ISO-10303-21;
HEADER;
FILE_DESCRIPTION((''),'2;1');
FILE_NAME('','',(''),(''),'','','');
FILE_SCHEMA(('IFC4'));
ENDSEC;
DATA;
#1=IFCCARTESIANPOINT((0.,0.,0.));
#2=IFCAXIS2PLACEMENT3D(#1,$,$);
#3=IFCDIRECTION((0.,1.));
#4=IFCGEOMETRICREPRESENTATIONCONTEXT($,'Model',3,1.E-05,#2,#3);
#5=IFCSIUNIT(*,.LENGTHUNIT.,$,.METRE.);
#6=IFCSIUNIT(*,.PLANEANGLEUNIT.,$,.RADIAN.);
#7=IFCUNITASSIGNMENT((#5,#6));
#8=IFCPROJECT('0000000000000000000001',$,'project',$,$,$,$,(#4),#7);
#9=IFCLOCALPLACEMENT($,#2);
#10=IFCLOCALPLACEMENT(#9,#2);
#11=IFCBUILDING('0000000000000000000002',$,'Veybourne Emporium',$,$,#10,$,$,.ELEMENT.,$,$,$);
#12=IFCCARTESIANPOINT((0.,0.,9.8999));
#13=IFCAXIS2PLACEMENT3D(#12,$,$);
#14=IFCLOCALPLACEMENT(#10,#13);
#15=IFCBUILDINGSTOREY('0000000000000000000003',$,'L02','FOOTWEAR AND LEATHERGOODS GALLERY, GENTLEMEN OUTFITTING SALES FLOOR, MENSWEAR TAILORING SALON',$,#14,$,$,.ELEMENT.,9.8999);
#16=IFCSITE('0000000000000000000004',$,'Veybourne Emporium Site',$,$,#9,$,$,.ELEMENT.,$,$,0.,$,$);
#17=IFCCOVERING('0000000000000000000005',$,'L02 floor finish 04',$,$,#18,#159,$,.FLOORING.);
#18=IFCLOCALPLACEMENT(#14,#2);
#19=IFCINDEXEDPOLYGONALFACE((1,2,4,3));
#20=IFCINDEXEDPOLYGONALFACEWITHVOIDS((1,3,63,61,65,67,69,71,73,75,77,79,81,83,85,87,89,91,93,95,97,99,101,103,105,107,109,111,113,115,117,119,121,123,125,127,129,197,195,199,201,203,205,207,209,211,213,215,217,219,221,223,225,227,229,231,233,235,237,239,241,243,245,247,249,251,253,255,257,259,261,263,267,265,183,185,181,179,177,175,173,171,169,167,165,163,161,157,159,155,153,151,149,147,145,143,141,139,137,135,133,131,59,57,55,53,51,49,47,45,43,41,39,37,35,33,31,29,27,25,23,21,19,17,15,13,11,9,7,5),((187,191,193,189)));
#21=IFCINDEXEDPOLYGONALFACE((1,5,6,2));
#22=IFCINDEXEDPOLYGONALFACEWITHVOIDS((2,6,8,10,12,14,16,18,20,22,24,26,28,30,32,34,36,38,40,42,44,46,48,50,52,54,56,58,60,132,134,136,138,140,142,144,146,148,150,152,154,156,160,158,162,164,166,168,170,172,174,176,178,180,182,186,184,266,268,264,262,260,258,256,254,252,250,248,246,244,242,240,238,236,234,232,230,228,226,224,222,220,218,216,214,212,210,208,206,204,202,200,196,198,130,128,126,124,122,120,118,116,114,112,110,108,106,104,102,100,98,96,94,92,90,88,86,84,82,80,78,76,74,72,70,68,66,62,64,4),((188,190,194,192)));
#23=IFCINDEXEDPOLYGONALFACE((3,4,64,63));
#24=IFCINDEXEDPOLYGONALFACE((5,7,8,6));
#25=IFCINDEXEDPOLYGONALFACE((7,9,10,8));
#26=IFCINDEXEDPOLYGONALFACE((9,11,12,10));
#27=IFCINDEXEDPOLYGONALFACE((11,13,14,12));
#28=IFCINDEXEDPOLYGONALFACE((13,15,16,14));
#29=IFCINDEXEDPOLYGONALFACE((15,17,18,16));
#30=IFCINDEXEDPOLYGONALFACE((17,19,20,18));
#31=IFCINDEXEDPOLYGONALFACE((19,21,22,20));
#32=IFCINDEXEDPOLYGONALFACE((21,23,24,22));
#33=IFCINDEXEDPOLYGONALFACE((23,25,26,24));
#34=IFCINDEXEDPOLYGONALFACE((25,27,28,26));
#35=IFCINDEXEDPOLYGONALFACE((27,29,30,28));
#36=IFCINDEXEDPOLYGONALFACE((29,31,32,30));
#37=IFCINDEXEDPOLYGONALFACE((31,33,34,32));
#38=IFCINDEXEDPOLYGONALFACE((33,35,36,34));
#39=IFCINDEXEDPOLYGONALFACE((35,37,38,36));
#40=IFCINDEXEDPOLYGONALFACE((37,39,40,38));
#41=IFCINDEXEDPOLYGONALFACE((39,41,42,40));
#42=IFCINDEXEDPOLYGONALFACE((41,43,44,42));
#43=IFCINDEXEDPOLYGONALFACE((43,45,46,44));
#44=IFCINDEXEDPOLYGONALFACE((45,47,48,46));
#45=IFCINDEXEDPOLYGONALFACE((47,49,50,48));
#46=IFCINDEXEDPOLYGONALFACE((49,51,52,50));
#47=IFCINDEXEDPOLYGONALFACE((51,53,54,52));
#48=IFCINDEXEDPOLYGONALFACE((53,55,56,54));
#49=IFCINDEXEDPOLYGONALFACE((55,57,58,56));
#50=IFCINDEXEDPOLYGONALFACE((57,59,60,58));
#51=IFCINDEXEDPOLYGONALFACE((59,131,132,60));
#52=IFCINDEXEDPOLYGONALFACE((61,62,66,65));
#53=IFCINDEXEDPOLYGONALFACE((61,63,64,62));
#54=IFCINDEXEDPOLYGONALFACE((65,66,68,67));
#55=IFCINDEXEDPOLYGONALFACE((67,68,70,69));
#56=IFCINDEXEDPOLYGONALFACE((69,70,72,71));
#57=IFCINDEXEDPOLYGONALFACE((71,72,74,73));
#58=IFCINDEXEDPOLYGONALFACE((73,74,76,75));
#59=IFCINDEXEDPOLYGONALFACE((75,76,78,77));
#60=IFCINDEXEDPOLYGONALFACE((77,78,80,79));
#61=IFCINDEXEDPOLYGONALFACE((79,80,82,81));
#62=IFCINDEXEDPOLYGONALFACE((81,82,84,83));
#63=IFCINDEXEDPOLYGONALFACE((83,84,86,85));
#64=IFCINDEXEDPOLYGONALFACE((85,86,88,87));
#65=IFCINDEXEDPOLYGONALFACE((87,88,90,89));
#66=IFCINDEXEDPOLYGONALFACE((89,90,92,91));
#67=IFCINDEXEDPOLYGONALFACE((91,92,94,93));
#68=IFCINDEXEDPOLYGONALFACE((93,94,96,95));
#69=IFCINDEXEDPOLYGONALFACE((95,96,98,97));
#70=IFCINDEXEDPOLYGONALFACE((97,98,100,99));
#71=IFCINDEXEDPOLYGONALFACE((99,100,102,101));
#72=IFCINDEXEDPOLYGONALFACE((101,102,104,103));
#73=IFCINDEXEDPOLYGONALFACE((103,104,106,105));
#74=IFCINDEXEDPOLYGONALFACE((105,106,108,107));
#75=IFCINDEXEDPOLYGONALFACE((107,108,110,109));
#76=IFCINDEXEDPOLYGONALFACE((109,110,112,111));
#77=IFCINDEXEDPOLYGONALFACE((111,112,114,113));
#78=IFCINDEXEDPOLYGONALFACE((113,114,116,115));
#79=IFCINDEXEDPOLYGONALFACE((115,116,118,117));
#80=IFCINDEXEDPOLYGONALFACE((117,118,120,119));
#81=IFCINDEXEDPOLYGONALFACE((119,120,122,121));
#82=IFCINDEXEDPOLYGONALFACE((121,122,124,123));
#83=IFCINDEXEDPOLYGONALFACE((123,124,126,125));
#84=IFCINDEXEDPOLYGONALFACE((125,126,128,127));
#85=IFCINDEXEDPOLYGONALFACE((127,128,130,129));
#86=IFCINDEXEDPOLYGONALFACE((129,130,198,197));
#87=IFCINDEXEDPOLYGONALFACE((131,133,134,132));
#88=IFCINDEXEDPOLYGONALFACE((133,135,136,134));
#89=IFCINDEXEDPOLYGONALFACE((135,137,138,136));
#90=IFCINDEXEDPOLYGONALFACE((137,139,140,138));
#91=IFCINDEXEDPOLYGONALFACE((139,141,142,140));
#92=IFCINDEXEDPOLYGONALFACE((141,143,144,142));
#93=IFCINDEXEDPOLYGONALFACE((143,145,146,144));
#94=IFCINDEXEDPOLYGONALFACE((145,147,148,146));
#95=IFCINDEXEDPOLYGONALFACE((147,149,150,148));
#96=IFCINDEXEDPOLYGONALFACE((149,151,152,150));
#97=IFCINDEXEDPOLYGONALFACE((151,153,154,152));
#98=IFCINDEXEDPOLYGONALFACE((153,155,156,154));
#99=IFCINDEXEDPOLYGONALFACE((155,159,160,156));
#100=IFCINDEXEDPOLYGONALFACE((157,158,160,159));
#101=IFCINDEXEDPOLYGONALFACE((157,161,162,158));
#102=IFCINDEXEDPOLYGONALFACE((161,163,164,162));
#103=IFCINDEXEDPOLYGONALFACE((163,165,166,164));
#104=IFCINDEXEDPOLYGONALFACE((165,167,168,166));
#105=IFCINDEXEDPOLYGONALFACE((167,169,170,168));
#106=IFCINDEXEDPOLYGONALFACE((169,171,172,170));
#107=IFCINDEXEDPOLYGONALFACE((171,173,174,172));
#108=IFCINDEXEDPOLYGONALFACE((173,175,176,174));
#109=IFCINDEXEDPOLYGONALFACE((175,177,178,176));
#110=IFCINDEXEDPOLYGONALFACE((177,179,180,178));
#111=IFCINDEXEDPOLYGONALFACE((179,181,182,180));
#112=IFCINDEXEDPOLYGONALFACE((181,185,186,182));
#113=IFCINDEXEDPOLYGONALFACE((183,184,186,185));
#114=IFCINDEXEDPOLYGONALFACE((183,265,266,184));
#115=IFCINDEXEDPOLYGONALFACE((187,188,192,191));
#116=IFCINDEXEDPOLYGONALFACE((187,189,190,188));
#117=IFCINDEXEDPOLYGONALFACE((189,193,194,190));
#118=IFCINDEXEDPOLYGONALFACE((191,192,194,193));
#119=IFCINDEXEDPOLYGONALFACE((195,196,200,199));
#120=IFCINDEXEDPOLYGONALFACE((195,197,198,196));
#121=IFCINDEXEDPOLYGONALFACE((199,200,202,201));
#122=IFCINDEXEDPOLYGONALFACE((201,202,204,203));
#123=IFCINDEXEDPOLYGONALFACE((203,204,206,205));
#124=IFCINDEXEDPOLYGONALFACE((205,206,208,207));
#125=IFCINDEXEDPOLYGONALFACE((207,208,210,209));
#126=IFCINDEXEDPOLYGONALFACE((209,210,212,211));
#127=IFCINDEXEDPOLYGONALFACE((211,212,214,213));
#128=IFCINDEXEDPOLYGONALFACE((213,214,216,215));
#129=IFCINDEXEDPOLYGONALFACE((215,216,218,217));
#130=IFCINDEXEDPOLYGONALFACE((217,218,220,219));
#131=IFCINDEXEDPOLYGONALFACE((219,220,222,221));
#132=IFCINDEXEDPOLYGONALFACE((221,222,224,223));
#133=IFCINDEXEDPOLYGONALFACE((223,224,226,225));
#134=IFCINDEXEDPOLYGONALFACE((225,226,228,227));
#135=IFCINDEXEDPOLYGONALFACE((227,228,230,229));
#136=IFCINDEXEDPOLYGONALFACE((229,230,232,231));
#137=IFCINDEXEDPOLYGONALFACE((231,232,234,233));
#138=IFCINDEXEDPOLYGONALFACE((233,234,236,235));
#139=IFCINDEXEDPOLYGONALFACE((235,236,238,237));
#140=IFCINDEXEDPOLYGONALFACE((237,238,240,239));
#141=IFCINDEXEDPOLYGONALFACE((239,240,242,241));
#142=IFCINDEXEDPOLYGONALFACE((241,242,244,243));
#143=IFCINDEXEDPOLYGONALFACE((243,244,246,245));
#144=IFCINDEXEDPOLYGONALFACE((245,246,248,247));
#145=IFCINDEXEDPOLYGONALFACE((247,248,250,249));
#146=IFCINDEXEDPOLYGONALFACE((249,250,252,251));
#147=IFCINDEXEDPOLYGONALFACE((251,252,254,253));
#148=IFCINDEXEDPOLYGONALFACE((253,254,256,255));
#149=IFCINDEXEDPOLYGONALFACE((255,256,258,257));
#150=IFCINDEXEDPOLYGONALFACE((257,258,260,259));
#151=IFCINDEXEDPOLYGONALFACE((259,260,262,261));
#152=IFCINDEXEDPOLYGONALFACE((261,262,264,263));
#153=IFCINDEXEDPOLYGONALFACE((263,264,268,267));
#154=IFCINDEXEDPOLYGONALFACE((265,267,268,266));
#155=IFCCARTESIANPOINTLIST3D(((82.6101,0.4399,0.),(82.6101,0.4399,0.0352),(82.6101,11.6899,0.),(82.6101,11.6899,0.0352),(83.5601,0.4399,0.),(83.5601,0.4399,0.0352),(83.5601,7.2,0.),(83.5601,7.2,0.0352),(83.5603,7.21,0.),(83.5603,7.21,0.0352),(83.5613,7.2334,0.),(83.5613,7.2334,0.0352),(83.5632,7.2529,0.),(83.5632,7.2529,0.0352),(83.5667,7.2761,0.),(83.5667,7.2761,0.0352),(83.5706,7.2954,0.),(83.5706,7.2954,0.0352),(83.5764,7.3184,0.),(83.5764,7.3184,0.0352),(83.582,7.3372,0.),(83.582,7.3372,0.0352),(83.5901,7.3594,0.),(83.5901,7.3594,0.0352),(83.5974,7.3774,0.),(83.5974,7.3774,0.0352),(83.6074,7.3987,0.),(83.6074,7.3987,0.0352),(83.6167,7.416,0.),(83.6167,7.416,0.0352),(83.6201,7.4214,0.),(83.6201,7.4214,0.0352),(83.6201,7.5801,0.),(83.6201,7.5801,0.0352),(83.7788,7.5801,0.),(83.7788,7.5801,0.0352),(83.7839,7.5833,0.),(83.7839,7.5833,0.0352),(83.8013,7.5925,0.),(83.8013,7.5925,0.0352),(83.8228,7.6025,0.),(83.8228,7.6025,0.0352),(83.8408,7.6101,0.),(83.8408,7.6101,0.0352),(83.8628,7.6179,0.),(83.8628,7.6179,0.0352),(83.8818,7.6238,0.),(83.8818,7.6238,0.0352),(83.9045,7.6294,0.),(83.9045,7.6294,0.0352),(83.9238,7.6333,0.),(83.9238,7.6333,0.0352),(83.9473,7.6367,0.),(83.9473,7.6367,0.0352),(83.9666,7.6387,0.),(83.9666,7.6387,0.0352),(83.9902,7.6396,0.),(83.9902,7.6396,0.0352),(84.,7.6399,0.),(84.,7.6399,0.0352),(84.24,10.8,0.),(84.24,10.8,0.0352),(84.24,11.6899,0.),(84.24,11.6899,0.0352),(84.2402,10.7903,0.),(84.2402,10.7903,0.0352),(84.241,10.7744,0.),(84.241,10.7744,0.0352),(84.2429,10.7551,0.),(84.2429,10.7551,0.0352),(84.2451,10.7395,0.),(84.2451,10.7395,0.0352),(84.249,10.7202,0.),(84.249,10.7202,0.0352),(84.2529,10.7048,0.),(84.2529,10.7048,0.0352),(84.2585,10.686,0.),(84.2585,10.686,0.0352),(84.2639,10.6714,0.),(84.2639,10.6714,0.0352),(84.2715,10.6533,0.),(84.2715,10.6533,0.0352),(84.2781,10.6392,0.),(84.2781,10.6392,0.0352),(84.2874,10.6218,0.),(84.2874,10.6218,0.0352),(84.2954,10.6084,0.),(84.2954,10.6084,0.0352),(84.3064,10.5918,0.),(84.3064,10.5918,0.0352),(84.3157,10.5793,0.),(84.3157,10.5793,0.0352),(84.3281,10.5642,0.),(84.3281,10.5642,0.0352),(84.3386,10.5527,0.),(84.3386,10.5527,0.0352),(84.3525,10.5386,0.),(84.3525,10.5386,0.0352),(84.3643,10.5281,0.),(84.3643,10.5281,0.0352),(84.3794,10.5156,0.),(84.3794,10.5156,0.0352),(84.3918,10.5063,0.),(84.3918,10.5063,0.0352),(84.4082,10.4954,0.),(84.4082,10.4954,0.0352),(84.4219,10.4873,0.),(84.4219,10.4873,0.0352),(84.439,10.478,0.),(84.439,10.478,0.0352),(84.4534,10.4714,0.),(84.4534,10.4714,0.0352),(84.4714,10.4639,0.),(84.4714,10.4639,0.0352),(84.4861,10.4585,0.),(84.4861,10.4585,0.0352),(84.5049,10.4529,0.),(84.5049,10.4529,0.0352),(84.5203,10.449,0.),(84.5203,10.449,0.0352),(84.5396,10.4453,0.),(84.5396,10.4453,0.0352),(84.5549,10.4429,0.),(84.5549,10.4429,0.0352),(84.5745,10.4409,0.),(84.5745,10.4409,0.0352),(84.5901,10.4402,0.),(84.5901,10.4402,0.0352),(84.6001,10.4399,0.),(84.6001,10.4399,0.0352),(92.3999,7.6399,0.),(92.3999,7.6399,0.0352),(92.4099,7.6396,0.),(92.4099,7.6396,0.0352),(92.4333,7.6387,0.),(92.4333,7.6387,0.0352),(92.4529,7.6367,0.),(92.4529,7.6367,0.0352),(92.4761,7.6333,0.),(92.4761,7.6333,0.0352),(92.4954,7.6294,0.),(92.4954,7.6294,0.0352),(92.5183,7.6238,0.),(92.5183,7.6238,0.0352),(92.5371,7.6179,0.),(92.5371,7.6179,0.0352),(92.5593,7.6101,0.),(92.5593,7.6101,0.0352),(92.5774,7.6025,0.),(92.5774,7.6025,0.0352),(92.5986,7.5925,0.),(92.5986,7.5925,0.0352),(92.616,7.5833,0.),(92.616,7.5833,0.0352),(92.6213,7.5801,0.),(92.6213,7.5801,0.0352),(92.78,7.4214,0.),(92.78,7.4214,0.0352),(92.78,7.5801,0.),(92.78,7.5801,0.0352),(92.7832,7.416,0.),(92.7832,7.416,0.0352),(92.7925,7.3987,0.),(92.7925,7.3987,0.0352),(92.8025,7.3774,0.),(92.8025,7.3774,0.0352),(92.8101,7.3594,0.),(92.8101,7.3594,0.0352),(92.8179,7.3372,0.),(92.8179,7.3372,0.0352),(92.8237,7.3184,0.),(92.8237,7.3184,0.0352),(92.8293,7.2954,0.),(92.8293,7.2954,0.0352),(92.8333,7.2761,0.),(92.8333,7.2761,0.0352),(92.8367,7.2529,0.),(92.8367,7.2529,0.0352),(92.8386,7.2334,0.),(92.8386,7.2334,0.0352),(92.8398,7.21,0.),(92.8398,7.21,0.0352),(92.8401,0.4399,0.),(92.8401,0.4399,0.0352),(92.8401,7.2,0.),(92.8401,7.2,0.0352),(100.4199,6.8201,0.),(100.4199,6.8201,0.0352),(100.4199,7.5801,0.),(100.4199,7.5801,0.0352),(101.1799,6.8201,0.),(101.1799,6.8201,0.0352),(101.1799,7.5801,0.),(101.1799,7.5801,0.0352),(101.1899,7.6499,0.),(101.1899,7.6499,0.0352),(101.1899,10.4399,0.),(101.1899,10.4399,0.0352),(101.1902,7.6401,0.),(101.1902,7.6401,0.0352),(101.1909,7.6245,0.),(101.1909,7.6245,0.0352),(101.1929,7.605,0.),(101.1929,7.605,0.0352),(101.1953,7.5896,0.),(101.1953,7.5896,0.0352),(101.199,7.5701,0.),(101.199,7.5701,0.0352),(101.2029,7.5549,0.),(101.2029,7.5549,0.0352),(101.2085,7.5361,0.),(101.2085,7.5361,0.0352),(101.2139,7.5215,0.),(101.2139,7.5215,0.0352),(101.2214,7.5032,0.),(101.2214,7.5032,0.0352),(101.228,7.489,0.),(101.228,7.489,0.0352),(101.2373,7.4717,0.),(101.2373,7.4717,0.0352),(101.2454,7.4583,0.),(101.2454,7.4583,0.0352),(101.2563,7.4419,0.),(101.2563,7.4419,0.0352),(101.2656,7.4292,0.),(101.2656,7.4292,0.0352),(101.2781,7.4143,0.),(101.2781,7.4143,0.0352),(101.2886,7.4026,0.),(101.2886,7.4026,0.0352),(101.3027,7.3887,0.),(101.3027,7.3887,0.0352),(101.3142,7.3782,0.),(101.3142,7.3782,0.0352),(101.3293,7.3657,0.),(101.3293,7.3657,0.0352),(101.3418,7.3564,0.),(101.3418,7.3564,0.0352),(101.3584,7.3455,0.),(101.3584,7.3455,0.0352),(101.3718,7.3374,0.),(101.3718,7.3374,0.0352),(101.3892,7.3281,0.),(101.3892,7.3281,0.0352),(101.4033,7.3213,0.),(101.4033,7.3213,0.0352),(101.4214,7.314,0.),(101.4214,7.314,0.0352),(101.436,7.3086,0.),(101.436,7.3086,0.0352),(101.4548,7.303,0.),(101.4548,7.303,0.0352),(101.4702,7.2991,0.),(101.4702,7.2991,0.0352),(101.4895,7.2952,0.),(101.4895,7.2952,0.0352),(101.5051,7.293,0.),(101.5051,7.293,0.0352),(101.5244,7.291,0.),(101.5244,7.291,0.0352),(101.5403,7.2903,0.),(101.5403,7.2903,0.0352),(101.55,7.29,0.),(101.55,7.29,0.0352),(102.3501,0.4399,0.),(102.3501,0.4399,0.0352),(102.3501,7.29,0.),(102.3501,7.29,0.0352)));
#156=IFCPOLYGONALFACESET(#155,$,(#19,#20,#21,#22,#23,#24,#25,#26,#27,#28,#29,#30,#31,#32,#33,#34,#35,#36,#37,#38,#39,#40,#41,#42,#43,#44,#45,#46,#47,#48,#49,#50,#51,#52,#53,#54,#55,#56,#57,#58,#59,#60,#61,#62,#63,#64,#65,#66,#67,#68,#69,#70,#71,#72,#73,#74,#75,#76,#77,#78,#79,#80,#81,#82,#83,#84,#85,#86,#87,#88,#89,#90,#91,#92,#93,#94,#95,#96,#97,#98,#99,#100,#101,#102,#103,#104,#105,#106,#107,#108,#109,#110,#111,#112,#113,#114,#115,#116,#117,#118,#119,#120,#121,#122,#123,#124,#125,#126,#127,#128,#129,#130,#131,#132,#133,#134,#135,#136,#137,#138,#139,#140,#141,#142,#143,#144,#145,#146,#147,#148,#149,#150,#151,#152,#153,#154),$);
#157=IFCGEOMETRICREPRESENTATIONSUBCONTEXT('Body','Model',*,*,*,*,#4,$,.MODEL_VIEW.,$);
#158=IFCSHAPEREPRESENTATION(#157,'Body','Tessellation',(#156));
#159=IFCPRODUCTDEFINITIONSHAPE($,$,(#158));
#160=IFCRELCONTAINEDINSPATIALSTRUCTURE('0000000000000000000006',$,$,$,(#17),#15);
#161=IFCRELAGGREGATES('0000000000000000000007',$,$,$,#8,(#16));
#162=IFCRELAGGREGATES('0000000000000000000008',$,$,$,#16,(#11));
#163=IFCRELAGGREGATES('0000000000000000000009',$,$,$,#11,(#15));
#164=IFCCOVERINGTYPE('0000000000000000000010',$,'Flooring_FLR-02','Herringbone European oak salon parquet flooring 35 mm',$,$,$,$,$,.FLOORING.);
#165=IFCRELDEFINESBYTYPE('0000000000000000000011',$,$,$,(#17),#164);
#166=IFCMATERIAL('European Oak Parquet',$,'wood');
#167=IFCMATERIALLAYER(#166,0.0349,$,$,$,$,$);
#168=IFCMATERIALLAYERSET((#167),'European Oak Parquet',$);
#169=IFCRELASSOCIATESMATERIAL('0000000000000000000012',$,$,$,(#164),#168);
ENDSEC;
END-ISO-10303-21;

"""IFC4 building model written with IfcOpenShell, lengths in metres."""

from ifc_helpers import new_model, si_unit, direction, frame, origin, place, context, subcontext, project, spatial, polyline, outline, extrude, material, layer, layer_set, type_object, element, save


model = new_model("IFC4")

# Units and contexts
model_context = context("Model", 3, precision=1e-05, world=origin(), true_north=direction((0.0, 1.0)))
body_context = subcontext(model_context, "Body", "Model", "MODEL_VIEW")
ifc_project = project(units=[si_unit("LENGTHUNIT", "METRE"), si_unit("PLANEANGLEUNIT", "RADIAN")], contexts=[model_context])

# Site, building, storey
site_placement = place(None, origin())
site = spatial("IfcSite", under=ifc_project, at=site_placement, Name="Veybourne Emporium Site", CompositionType="ELEMENT", RefElevation=0.0)
building_placement = place(site_placement, origin())
building = spatial("IfcBuilding", under=site, at=building_placement, Name="Veybourne Emporium", CompositionType="ELEMENT")
storey_placement = place(building_placement, frame((0.0, 0.0, 9.8999)))
storey = spatial("IfcBuildingStorey", under=building, at=storey_placement, Name="L02", Description="FOOTWEAR AND LEATHERGOODS GALLERY, GENTLEMEN OUTFITTING SALES FLOOR, MENSWEAR TAILORING SALON", CompositionType="ELEMENT", Elevation=9.8999)

# Covering
ifc_material_1 = material(Name="European Oak Parquet", Category="wood")
ifc_layer_1 = layer(ifc_material_1, 0.0349)
ifc_layer_set_1 = layer_set([ifc_layer_1], Name="European Oak Parquet")
covering_type_1 = type_object("IfcCoveringType", Name="Flooring_FLR-02", Description="Herringbone European oak salon parquet flooring 35 mm", PredefinedType="FLOORING", material=ifc_layer_set_1)
covering_1_placement = place(storey_placement, origin())
element("IfcCovering", 1, at=covering_1_placement, inside=storey, type_object=covering_type_1, Name="L02 floor finish 04", PredefinedType="FLOORING", context=body_context, shape_type="SweptSolid", body=[
    extrude(outline(polyline([(92.8401, 7.2), (92.8398, 7.21), (92.8386, 7.2334), (92.8367, 7.2529), (92.8333, 7.2761), (92.8293, 7.2954), (92.8237, 7.3184), (92.8179, 7.3372), (92.8101, 7.3594), (92.8025, 7.3774), (92.7925, 7.3987), (92.7832, 7.416), (92.78, 7.4214), (92.78, 7.5801), (92.6213, 7.5801), (92.616, 7.5833), (92.5986, 7.5925), (92.5774, 7.6025), (92.5593, 7.6101), (92.5371, 7.6179), (92.5183, 7.6238), (92.4954, 7.6294), (92.4761, 7.6333), (92.4529, 7.6367), (92.4333, 7.6387), (92.4099, 7.6396), (92.3999, 7.6399), (84.0, 7.6399), (83.9902, 7.6396), (83.9666, 7.6387), (83.9473, 7.6367), (83.9238, 7.6333), (83.9045, 7.6294), (83.8818, 7.6238), (83.8628, 7.6179), (83.8408, 7.6101), (83.8228, 7.6025), (83.8013, 7.5925), (83.7839, 7.5833), (83.7788, 7.5801), (83.6201, 7.5801), (83.6201, 7.4214), (83.6167, 7.416), (83.6074, 7.3987), (83.5974, 7.3774), (83.5901, 7.3594), (83.582, 7.3372), (83.5764, 7.3184), (83.5706, 7.2954), (83.5667, 7.2761), (83.5632, 7.2529), (83.5613, 7.2334), (83.5603, 7.21), (83.5601, 7.2), (83.5601, 0.4399), (82.6101, 0.4399), (82.6101, 11.6899), (84.24, 11.6899), (84.24, 10.8), (84.2402, 10.7903), (84.241, 10.7744), (84.2429, 10.7551), (84.2451, 10.7395), (84.249, 10.7202), (84.2529, 10.7048), (84.2585, 10.686), (84.2639, 10.6714), (84.2715, 10.6533), (84.2781, 10.6392), (84.2874, 10.6218), (84.2954, 10.6084), (84.3064, 10.5918), (84.3157, 10.5793), (84.3281, 10.5642), (84.3386, 10.5527), (84.3525, 10.5386), (84.3643, 10.5281), (84.3794, 10.5156), (84.3918, 10.5063), (84.4082, 10.4954), (84.4219, 10.4873), (84.439, 10.478), (84.4534, 10.4714), (84.4714, 10.4639), (84.4861, 10.4585), (84.5049, 10.4529), (84.5203, 10.449), (84.5396, 10.4453), (84.5549, 10.4429), (84.5745, 10.4409), (84.5901, 10.4402), (84.6001, 10.4399), (101.1899, 10.4399), (101.1899, 7.6499), (101.1902, 7.6401), (101.1909, 7.6245), (101.1929, 7.605), (101.1953, 7.5896), (101.199, 7.5701), (101.2029, 7.5549), (101.2085, 7.5361), (101.2139, 7.5215), (101.2214, 7.5032), (101.228, 7.489), (101.2373, 7.4717), (101.2454, 7.4583), (101.2563, 7.4419), (101.2656, 7.4292), (101.2781, 7.4143), (101.2886, 7.4026), (101.3027, 7.3887), (101.3142, 7.3782), (101.3293, 7.3657), (101.3418, 7.3564), (101.3584, 7.3455), (101.3718, 7.3374), (101.3892, 7.3281), (101.4033, 7.3213), (101.4214, 7.314), (101.436, 7.3086), (101.4548, 7.303), (101.4702, 7.2991), (101.4895, 7.2952), (101.5051, 7.293), (101.5244, 7.291), (101.5403, 7.2903), (101.55, 7.29), (102.3501, 7.29), (102.3501, 0.4399), (92.8401, 0.4399), (92.8401, 7.2)]), holes=[polyline([(101.1799, 7.5801), (100.4199, 7.5801), (100.4199, 6.8201), (101.1799, 6.8201), (101.1799, 7.5801)])]), origin(), (0.0, 0.0, 1.0), 0.0352),
])

save(model, "model.ifc")
